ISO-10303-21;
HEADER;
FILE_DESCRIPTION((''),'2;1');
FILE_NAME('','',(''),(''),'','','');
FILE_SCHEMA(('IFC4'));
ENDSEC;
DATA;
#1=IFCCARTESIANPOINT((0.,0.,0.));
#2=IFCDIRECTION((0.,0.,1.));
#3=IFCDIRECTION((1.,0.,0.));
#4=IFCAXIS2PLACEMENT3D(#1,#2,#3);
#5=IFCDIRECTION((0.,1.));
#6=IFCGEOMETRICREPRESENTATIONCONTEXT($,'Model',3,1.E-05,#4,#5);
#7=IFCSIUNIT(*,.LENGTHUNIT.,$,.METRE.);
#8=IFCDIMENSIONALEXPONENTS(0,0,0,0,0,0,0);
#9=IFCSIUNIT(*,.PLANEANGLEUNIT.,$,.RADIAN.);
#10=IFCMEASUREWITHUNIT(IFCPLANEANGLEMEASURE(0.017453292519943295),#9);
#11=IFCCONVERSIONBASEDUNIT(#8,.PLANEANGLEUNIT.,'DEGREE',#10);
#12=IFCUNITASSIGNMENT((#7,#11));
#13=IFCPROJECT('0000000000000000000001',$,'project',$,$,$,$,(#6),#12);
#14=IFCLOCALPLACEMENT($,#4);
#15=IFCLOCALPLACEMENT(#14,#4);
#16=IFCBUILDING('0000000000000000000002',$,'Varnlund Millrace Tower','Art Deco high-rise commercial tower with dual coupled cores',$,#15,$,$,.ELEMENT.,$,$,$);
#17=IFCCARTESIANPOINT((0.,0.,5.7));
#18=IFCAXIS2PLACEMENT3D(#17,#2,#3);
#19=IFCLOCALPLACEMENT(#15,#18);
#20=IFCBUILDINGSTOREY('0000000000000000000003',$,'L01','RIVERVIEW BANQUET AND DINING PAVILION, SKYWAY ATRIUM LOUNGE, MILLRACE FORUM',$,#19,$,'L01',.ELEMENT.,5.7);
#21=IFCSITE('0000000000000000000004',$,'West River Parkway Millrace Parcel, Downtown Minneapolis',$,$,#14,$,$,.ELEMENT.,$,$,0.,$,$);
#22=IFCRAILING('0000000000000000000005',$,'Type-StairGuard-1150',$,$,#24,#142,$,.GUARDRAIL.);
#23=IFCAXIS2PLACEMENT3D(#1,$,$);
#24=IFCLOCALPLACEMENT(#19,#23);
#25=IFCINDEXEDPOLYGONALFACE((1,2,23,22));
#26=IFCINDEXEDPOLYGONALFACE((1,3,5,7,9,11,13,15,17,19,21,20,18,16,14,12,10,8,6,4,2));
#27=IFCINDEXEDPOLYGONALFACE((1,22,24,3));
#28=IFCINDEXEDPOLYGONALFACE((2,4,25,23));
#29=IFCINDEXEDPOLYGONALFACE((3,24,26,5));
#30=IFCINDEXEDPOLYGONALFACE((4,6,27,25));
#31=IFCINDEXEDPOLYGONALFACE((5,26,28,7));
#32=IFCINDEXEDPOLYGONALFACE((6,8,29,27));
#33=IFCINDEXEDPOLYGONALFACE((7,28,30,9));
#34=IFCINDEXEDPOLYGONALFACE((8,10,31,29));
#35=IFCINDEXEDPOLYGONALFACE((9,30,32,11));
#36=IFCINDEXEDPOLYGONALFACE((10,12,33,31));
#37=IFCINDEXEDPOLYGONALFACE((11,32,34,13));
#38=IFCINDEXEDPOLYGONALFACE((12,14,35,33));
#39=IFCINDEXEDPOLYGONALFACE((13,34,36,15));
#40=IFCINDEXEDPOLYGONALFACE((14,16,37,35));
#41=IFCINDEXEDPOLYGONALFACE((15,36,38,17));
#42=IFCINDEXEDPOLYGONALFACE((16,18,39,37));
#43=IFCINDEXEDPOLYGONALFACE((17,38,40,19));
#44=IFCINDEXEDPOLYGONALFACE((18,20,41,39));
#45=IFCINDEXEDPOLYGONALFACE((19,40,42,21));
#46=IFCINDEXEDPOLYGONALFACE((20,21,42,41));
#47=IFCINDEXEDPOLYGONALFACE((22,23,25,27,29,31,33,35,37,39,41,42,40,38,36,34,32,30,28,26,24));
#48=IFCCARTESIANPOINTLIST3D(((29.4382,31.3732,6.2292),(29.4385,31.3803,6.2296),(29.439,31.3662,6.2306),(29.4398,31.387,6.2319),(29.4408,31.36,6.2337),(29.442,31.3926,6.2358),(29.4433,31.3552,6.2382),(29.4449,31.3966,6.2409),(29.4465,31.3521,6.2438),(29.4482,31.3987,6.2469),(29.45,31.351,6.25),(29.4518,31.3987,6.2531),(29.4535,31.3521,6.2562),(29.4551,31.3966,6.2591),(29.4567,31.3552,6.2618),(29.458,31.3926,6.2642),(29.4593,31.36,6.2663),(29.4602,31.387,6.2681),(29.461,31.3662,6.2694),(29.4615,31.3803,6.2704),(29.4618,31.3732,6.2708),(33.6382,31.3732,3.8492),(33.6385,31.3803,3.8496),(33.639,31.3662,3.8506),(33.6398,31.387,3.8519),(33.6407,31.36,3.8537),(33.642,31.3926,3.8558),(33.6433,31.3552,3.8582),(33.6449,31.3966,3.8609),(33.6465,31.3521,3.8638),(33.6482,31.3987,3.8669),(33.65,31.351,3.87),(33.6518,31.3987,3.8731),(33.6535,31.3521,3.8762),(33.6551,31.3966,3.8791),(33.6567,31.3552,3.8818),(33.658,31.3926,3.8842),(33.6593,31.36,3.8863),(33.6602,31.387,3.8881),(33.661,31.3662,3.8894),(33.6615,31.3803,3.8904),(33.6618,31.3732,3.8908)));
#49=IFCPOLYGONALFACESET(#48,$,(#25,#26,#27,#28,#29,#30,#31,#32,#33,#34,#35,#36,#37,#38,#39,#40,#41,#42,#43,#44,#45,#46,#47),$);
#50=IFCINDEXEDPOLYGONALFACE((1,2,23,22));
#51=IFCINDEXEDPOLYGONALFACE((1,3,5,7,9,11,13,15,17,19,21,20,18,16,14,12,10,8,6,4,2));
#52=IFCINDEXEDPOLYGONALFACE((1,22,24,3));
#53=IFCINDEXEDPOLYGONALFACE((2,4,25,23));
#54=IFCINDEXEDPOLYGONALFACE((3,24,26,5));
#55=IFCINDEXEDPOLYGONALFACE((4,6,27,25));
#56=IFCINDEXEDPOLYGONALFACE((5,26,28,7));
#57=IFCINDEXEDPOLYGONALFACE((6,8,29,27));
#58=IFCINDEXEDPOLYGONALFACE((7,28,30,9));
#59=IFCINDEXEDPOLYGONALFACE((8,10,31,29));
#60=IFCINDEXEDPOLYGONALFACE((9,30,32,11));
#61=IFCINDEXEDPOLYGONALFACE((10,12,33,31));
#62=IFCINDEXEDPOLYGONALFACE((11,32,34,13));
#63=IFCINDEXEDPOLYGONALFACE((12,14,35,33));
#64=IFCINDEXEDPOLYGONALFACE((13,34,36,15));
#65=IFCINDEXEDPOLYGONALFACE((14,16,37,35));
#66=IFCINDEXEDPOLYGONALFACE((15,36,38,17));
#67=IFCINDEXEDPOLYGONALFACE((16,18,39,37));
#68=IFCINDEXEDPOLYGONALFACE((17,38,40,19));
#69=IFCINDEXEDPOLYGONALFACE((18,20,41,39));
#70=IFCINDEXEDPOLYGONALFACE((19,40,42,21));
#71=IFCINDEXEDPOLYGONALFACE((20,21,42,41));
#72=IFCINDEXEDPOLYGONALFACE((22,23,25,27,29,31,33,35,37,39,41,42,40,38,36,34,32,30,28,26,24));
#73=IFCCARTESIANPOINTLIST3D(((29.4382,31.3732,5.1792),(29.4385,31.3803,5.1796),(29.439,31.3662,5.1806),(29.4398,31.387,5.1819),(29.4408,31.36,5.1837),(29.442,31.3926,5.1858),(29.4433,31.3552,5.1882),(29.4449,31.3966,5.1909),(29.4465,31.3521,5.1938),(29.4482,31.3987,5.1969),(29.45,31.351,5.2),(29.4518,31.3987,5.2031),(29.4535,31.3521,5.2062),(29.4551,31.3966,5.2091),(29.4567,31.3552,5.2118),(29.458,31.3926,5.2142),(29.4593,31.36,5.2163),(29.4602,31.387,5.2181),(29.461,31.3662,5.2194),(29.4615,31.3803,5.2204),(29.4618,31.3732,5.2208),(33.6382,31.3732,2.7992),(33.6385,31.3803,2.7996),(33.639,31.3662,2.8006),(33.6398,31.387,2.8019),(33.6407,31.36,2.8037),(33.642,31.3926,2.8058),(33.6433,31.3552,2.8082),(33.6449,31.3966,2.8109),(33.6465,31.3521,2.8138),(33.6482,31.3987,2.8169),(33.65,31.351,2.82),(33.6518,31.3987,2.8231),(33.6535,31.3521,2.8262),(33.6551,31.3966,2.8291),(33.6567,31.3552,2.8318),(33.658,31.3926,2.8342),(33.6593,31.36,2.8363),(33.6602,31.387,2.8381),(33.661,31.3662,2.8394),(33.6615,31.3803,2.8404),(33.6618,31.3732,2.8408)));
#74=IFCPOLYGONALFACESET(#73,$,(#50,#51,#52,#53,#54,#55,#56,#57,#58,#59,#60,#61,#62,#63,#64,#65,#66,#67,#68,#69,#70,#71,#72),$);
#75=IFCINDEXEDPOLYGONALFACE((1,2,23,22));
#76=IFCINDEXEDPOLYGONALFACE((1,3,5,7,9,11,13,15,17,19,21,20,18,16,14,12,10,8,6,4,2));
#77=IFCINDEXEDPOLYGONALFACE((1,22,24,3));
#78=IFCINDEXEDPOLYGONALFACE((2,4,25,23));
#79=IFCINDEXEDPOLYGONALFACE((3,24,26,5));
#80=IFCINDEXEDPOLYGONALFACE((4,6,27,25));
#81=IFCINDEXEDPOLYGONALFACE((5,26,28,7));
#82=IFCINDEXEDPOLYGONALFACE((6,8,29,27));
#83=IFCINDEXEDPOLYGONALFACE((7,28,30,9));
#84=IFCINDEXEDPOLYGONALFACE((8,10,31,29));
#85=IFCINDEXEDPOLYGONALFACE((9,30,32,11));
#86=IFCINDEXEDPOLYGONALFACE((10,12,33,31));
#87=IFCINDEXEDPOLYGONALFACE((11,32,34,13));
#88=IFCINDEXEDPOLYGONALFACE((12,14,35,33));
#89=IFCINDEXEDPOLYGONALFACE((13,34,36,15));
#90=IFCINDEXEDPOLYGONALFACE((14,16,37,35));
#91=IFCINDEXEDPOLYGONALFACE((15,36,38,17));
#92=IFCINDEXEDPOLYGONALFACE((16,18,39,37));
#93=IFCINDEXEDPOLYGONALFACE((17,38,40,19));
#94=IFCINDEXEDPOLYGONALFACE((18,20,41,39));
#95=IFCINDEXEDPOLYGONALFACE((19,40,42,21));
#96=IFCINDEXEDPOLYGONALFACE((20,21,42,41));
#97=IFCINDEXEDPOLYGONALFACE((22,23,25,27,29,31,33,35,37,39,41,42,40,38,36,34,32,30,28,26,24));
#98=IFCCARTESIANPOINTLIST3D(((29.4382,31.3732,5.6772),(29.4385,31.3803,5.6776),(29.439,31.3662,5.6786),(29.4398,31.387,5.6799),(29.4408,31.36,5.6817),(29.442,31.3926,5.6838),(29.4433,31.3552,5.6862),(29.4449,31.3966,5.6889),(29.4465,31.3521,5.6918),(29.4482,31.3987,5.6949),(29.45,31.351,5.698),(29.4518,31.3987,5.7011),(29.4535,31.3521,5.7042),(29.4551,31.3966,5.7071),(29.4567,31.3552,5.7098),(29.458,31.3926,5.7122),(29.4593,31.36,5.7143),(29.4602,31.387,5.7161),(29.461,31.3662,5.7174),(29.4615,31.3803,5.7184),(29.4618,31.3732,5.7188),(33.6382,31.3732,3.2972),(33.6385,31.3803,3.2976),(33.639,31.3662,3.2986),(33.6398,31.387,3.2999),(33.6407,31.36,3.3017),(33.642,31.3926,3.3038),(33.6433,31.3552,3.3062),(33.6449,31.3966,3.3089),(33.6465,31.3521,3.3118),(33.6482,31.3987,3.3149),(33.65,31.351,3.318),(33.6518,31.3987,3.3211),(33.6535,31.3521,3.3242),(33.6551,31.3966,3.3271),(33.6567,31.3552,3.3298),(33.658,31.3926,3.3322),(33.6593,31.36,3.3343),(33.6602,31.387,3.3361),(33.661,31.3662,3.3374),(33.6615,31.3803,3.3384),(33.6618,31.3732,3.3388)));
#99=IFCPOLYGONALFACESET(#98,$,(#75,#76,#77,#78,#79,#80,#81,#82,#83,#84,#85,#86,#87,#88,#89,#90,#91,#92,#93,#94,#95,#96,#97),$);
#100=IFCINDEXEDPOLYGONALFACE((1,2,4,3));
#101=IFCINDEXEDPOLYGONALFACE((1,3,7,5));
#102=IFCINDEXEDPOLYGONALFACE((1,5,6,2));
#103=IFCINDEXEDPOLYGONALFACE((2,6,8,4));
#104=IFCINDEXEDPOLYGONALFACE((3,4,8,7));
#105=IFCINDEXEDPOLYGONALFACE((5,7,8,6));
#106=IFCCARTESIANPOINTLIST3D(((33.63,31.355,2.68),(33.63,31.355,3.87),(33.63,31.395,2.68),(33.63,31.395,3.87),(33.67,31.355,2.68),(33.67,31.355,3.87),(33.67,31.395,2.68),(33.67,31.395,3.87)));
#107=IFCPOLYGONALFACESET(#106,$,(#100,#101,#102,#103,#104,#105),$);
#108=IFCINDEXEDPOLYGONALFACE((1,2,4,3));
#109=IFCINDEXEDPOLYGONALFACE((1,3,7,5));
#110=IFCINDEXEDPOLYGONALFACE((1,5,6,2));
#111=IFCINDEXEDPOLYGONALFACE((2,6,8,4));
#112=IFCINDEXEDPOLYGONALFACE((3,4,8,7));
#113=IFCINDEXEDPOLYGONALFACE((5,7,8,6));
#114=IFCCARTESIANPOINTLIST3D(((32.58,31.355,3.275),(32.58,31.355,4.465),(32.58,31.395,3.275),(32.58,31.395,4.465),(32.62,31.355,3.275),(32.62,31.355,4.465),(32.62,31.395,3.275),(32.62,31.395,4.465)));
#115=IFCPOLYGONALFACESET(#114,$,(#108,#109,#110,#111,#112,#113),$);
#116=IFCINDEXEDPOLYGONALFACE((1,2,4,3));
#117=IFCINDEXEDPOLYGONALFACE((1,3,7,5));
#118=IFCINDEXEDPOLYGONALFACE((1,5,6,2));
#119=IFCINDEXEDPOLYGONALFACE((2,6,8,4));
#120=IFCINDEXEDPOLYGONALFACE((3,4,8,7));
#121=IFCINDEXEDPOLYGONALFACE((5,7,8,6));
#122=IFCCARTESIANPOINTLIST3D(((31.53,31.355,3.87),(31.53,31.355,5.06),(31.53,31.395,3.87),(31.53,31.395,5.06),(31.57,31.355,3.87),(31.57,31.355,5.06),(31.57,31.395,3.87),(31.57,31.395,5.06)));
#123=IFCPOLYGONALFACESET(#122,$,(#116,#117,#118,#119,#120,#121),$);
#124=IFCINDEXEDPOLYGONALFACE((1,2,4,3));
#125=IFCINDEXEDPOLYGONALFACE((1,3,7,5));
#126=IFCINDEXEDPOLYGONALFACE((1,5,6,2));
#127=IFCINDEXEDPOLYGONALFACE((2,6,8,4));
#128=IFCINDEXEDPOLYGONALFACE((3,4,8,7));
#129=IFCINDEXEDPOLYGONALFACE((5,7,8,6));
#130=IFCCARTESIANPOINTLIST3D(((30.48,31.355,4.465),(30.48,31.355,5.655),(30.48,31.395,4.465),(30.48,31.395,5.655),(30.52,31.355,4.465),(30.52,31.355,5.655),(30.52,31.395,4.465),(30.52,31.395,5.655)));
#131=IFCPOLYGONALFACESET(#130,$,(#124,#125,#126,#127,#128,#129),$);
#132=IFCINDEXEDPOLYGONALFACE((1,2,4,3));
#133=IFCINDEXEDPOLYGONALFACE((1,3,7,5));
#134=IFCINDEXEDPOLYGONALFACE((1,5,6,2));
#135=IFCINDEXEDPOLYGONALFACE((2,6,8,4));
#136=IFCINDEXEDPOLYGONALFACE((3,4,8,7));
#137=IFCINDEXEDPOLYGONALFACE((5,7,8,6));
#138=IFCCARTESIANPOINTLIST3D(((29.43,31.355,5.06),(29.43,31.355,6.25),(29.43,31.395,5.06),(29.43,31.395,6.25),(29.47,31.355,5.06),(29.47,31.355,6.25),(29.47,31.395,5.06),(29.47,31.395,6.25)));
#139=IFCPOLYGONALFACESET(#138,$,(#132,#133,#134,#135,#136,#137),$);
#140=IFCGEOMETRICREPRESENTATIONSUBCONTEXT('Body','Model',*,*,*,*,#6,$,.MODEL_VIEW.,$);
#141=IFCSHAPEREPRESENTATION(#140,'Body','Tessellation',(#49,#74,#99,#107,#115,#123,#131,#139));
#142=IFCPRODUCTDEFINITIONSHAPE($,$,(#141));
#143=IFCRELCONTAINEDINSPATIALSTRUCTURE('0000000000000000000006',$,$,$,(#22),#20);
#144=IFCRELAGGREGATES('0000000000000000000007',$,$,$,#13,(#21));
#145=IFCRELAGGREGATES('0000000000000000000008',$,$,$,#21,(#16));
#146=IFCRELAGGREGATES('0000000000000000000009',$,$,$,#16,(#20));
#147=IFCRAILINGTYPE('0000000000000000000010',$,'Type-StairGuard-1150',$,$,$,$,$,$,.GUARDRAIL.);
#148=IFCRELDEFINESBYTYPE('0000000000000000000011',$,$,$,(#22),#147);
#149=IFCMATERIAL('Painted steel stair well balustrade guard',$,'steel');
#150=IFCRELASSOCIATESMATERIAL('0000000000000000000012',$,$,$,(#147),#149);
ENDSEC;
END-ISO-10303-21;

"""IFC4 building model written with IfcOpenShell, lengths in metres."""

from ifc_helpers import new_model, entity, si_unit, converted_unit, direction, frame, origin_with_axes, origin_2d_with_axis, place, context, subcontext, project, spatial, rectangle, circle, extrude, material, type_object, element, save


model = new_model("IFC4")

# Units and contexts
model_context = context("Model", 3, precision=1e-05, world=origin_with_axes(), true_north=direction((0.0, 1.0)))
body_context = subcontext(model_context, "Body", "Model", "MODEL_VIEW")
ifc_project = project(units=[si_unit("LENGTHUNIT", "METRE"), converted_unit("PLANEANGLEUNIT", "DEGREE", entity("IfcPlaneAngleMeasure", 0.017453292519943295), si_unit("PLANEANGLEUNIT", "RADIAN"), dimensions=[0, 0, 0, 0, 0, 0, 0])], contexts=[model_context])

# Site, building, storey
site_placement = place(None, origin_with_axes())
site = spatial("IfcSite", under=ifc_project, at=site_placement, Name="West River Parkway Millrace Parcel, Downtown Minneapolis", CompositionType="ELEMENT", RefElevation=0.0)
building_placement = place(site_placement, origin_with_axes())
building = spatial("IfcBuilding", under=site, at=building_placement, Name="Varnlund Millrace Tower", Description="Art Deco high-rise commercial tower with dual coupled cores", CompositionType="ELEMENT")
storey_placement = place(building_placement, frame((0.0, 0.0, 5.7), z_axis=(0.0, 0.0, 1.0), x_axis=(1.0, 0.0, 0.0)))
storey = spatial("IfcBuildingStorey", under=building, at=storey_placement, Name="L01", Description="RIVERVIEW BANQUET AND DINING PAVILION, SKYWAY ATRIUM LOUNGE, MILLRACE FORUM", LongName="L01", CompositionType="ELEMENT", Elevation=5.7)

# Railing
ifc_material_1 = material(Name="Painted steel stair well balustrade guard", Category="steel")
railing_type_1 = type_object("IfcRailingType", Name="Type-StairGuard-1150", PredefinedType="GUARDRAIL", material=ifc_material_1)
railing_1_placement = place(storey_placement, frame((0.0, 0.0, -5.7), z_axis=(0.0, 0.0, 1.0), x_axis=(1.0, 0.0, 0.0)))
element("IfcRailing", 1, at=railing_1_placement, inside=storey, type_object=railing_type_1, Name="Type-StairGuard-1150", PredefinedType="GUARDRAIL", context=body_context, shape_type="SweptSolid", body=[
    extrude(circle(Radius=0.024, at=origin_2d_with_axis()), frame((33.65, 31.375, 9.57), z_axis=(-0.870022, 0.0, 0.493013), x_axis=(0.0, -1.0, 0.0)), (0.0, 0.0, 1.0), 4.8275),
    extrude(circle(Radius=0.024, at=origin_2d_with_axis()), frame((33.65, 31.375, 8.52), z_axis=(-0.870022, 0.0, 0.493013), x_axis=(0.0, -1.0, 0.0)), (0.0, 0.0, 1.0), 4.8275),
    extrude(circle(Radius=0.024, at=origin_2d_with_axis()), frame((33.65, 31.375, 9.018), z_axis=(-0.870022, 0.0, 0.493013), x_axis=(0.0, -1.0, 0.0)), (0.0, 0.0, 1.0), 4.8275),
    extrude(rectangle(XDim=0.04, YDim=0.04, at=origin_2d_with_axis()), frame((33.65, 31.375, 8.38), z_axis=(0.0, 0.0, 1.0), x_axis=(1.0, 0.0, 0.0)), (0.0, 0.0, 1.0), 1.19),
    extrude(rectangle(XDim=0.04, YDim=0.04, at=origin_2d_with_axis()), frame((32.6, 31.375, 8.975), z_axis=(0.0, 0.0, 1.0), x_axis=(1.0, 0.0, 0.0)), (0.0, 0.0, 1.0), 1.19),
    extrude(rectangle(XDim=0.04, YDim=0.04, at=origin_2d_with_axis()), frame((31.55, 31.375, 9.57), z_axis=(0.0, 0.0, 1.0), x_axis=(1.0, 0.0, 0.0)), (0.0, 0.0, 1.0), 1.19),
    extrude(rectangle(XDim=0.04, YDim=0.04, at=origin_2d_with_axis()), frame((30.5, 31.375, 10.165), z_axis=(0.0, 0.0, 1.0), x_axis=(1.0, 0.0, 0.0)), (0.0, 0.0, 1.0), 1.19),
    extrude(rectangle(XDim=0.04, YDim=0.04, at=origin_2d_with_axis()), frame((29.45, 31.375, 10.76), z_axis=(0.0, 0.0, 1.0), x_axis=(1.0, 0.0, 0.0)), (0.0, 0.0, 1.0), 1.19),
])

save(model, "model.ifc")
